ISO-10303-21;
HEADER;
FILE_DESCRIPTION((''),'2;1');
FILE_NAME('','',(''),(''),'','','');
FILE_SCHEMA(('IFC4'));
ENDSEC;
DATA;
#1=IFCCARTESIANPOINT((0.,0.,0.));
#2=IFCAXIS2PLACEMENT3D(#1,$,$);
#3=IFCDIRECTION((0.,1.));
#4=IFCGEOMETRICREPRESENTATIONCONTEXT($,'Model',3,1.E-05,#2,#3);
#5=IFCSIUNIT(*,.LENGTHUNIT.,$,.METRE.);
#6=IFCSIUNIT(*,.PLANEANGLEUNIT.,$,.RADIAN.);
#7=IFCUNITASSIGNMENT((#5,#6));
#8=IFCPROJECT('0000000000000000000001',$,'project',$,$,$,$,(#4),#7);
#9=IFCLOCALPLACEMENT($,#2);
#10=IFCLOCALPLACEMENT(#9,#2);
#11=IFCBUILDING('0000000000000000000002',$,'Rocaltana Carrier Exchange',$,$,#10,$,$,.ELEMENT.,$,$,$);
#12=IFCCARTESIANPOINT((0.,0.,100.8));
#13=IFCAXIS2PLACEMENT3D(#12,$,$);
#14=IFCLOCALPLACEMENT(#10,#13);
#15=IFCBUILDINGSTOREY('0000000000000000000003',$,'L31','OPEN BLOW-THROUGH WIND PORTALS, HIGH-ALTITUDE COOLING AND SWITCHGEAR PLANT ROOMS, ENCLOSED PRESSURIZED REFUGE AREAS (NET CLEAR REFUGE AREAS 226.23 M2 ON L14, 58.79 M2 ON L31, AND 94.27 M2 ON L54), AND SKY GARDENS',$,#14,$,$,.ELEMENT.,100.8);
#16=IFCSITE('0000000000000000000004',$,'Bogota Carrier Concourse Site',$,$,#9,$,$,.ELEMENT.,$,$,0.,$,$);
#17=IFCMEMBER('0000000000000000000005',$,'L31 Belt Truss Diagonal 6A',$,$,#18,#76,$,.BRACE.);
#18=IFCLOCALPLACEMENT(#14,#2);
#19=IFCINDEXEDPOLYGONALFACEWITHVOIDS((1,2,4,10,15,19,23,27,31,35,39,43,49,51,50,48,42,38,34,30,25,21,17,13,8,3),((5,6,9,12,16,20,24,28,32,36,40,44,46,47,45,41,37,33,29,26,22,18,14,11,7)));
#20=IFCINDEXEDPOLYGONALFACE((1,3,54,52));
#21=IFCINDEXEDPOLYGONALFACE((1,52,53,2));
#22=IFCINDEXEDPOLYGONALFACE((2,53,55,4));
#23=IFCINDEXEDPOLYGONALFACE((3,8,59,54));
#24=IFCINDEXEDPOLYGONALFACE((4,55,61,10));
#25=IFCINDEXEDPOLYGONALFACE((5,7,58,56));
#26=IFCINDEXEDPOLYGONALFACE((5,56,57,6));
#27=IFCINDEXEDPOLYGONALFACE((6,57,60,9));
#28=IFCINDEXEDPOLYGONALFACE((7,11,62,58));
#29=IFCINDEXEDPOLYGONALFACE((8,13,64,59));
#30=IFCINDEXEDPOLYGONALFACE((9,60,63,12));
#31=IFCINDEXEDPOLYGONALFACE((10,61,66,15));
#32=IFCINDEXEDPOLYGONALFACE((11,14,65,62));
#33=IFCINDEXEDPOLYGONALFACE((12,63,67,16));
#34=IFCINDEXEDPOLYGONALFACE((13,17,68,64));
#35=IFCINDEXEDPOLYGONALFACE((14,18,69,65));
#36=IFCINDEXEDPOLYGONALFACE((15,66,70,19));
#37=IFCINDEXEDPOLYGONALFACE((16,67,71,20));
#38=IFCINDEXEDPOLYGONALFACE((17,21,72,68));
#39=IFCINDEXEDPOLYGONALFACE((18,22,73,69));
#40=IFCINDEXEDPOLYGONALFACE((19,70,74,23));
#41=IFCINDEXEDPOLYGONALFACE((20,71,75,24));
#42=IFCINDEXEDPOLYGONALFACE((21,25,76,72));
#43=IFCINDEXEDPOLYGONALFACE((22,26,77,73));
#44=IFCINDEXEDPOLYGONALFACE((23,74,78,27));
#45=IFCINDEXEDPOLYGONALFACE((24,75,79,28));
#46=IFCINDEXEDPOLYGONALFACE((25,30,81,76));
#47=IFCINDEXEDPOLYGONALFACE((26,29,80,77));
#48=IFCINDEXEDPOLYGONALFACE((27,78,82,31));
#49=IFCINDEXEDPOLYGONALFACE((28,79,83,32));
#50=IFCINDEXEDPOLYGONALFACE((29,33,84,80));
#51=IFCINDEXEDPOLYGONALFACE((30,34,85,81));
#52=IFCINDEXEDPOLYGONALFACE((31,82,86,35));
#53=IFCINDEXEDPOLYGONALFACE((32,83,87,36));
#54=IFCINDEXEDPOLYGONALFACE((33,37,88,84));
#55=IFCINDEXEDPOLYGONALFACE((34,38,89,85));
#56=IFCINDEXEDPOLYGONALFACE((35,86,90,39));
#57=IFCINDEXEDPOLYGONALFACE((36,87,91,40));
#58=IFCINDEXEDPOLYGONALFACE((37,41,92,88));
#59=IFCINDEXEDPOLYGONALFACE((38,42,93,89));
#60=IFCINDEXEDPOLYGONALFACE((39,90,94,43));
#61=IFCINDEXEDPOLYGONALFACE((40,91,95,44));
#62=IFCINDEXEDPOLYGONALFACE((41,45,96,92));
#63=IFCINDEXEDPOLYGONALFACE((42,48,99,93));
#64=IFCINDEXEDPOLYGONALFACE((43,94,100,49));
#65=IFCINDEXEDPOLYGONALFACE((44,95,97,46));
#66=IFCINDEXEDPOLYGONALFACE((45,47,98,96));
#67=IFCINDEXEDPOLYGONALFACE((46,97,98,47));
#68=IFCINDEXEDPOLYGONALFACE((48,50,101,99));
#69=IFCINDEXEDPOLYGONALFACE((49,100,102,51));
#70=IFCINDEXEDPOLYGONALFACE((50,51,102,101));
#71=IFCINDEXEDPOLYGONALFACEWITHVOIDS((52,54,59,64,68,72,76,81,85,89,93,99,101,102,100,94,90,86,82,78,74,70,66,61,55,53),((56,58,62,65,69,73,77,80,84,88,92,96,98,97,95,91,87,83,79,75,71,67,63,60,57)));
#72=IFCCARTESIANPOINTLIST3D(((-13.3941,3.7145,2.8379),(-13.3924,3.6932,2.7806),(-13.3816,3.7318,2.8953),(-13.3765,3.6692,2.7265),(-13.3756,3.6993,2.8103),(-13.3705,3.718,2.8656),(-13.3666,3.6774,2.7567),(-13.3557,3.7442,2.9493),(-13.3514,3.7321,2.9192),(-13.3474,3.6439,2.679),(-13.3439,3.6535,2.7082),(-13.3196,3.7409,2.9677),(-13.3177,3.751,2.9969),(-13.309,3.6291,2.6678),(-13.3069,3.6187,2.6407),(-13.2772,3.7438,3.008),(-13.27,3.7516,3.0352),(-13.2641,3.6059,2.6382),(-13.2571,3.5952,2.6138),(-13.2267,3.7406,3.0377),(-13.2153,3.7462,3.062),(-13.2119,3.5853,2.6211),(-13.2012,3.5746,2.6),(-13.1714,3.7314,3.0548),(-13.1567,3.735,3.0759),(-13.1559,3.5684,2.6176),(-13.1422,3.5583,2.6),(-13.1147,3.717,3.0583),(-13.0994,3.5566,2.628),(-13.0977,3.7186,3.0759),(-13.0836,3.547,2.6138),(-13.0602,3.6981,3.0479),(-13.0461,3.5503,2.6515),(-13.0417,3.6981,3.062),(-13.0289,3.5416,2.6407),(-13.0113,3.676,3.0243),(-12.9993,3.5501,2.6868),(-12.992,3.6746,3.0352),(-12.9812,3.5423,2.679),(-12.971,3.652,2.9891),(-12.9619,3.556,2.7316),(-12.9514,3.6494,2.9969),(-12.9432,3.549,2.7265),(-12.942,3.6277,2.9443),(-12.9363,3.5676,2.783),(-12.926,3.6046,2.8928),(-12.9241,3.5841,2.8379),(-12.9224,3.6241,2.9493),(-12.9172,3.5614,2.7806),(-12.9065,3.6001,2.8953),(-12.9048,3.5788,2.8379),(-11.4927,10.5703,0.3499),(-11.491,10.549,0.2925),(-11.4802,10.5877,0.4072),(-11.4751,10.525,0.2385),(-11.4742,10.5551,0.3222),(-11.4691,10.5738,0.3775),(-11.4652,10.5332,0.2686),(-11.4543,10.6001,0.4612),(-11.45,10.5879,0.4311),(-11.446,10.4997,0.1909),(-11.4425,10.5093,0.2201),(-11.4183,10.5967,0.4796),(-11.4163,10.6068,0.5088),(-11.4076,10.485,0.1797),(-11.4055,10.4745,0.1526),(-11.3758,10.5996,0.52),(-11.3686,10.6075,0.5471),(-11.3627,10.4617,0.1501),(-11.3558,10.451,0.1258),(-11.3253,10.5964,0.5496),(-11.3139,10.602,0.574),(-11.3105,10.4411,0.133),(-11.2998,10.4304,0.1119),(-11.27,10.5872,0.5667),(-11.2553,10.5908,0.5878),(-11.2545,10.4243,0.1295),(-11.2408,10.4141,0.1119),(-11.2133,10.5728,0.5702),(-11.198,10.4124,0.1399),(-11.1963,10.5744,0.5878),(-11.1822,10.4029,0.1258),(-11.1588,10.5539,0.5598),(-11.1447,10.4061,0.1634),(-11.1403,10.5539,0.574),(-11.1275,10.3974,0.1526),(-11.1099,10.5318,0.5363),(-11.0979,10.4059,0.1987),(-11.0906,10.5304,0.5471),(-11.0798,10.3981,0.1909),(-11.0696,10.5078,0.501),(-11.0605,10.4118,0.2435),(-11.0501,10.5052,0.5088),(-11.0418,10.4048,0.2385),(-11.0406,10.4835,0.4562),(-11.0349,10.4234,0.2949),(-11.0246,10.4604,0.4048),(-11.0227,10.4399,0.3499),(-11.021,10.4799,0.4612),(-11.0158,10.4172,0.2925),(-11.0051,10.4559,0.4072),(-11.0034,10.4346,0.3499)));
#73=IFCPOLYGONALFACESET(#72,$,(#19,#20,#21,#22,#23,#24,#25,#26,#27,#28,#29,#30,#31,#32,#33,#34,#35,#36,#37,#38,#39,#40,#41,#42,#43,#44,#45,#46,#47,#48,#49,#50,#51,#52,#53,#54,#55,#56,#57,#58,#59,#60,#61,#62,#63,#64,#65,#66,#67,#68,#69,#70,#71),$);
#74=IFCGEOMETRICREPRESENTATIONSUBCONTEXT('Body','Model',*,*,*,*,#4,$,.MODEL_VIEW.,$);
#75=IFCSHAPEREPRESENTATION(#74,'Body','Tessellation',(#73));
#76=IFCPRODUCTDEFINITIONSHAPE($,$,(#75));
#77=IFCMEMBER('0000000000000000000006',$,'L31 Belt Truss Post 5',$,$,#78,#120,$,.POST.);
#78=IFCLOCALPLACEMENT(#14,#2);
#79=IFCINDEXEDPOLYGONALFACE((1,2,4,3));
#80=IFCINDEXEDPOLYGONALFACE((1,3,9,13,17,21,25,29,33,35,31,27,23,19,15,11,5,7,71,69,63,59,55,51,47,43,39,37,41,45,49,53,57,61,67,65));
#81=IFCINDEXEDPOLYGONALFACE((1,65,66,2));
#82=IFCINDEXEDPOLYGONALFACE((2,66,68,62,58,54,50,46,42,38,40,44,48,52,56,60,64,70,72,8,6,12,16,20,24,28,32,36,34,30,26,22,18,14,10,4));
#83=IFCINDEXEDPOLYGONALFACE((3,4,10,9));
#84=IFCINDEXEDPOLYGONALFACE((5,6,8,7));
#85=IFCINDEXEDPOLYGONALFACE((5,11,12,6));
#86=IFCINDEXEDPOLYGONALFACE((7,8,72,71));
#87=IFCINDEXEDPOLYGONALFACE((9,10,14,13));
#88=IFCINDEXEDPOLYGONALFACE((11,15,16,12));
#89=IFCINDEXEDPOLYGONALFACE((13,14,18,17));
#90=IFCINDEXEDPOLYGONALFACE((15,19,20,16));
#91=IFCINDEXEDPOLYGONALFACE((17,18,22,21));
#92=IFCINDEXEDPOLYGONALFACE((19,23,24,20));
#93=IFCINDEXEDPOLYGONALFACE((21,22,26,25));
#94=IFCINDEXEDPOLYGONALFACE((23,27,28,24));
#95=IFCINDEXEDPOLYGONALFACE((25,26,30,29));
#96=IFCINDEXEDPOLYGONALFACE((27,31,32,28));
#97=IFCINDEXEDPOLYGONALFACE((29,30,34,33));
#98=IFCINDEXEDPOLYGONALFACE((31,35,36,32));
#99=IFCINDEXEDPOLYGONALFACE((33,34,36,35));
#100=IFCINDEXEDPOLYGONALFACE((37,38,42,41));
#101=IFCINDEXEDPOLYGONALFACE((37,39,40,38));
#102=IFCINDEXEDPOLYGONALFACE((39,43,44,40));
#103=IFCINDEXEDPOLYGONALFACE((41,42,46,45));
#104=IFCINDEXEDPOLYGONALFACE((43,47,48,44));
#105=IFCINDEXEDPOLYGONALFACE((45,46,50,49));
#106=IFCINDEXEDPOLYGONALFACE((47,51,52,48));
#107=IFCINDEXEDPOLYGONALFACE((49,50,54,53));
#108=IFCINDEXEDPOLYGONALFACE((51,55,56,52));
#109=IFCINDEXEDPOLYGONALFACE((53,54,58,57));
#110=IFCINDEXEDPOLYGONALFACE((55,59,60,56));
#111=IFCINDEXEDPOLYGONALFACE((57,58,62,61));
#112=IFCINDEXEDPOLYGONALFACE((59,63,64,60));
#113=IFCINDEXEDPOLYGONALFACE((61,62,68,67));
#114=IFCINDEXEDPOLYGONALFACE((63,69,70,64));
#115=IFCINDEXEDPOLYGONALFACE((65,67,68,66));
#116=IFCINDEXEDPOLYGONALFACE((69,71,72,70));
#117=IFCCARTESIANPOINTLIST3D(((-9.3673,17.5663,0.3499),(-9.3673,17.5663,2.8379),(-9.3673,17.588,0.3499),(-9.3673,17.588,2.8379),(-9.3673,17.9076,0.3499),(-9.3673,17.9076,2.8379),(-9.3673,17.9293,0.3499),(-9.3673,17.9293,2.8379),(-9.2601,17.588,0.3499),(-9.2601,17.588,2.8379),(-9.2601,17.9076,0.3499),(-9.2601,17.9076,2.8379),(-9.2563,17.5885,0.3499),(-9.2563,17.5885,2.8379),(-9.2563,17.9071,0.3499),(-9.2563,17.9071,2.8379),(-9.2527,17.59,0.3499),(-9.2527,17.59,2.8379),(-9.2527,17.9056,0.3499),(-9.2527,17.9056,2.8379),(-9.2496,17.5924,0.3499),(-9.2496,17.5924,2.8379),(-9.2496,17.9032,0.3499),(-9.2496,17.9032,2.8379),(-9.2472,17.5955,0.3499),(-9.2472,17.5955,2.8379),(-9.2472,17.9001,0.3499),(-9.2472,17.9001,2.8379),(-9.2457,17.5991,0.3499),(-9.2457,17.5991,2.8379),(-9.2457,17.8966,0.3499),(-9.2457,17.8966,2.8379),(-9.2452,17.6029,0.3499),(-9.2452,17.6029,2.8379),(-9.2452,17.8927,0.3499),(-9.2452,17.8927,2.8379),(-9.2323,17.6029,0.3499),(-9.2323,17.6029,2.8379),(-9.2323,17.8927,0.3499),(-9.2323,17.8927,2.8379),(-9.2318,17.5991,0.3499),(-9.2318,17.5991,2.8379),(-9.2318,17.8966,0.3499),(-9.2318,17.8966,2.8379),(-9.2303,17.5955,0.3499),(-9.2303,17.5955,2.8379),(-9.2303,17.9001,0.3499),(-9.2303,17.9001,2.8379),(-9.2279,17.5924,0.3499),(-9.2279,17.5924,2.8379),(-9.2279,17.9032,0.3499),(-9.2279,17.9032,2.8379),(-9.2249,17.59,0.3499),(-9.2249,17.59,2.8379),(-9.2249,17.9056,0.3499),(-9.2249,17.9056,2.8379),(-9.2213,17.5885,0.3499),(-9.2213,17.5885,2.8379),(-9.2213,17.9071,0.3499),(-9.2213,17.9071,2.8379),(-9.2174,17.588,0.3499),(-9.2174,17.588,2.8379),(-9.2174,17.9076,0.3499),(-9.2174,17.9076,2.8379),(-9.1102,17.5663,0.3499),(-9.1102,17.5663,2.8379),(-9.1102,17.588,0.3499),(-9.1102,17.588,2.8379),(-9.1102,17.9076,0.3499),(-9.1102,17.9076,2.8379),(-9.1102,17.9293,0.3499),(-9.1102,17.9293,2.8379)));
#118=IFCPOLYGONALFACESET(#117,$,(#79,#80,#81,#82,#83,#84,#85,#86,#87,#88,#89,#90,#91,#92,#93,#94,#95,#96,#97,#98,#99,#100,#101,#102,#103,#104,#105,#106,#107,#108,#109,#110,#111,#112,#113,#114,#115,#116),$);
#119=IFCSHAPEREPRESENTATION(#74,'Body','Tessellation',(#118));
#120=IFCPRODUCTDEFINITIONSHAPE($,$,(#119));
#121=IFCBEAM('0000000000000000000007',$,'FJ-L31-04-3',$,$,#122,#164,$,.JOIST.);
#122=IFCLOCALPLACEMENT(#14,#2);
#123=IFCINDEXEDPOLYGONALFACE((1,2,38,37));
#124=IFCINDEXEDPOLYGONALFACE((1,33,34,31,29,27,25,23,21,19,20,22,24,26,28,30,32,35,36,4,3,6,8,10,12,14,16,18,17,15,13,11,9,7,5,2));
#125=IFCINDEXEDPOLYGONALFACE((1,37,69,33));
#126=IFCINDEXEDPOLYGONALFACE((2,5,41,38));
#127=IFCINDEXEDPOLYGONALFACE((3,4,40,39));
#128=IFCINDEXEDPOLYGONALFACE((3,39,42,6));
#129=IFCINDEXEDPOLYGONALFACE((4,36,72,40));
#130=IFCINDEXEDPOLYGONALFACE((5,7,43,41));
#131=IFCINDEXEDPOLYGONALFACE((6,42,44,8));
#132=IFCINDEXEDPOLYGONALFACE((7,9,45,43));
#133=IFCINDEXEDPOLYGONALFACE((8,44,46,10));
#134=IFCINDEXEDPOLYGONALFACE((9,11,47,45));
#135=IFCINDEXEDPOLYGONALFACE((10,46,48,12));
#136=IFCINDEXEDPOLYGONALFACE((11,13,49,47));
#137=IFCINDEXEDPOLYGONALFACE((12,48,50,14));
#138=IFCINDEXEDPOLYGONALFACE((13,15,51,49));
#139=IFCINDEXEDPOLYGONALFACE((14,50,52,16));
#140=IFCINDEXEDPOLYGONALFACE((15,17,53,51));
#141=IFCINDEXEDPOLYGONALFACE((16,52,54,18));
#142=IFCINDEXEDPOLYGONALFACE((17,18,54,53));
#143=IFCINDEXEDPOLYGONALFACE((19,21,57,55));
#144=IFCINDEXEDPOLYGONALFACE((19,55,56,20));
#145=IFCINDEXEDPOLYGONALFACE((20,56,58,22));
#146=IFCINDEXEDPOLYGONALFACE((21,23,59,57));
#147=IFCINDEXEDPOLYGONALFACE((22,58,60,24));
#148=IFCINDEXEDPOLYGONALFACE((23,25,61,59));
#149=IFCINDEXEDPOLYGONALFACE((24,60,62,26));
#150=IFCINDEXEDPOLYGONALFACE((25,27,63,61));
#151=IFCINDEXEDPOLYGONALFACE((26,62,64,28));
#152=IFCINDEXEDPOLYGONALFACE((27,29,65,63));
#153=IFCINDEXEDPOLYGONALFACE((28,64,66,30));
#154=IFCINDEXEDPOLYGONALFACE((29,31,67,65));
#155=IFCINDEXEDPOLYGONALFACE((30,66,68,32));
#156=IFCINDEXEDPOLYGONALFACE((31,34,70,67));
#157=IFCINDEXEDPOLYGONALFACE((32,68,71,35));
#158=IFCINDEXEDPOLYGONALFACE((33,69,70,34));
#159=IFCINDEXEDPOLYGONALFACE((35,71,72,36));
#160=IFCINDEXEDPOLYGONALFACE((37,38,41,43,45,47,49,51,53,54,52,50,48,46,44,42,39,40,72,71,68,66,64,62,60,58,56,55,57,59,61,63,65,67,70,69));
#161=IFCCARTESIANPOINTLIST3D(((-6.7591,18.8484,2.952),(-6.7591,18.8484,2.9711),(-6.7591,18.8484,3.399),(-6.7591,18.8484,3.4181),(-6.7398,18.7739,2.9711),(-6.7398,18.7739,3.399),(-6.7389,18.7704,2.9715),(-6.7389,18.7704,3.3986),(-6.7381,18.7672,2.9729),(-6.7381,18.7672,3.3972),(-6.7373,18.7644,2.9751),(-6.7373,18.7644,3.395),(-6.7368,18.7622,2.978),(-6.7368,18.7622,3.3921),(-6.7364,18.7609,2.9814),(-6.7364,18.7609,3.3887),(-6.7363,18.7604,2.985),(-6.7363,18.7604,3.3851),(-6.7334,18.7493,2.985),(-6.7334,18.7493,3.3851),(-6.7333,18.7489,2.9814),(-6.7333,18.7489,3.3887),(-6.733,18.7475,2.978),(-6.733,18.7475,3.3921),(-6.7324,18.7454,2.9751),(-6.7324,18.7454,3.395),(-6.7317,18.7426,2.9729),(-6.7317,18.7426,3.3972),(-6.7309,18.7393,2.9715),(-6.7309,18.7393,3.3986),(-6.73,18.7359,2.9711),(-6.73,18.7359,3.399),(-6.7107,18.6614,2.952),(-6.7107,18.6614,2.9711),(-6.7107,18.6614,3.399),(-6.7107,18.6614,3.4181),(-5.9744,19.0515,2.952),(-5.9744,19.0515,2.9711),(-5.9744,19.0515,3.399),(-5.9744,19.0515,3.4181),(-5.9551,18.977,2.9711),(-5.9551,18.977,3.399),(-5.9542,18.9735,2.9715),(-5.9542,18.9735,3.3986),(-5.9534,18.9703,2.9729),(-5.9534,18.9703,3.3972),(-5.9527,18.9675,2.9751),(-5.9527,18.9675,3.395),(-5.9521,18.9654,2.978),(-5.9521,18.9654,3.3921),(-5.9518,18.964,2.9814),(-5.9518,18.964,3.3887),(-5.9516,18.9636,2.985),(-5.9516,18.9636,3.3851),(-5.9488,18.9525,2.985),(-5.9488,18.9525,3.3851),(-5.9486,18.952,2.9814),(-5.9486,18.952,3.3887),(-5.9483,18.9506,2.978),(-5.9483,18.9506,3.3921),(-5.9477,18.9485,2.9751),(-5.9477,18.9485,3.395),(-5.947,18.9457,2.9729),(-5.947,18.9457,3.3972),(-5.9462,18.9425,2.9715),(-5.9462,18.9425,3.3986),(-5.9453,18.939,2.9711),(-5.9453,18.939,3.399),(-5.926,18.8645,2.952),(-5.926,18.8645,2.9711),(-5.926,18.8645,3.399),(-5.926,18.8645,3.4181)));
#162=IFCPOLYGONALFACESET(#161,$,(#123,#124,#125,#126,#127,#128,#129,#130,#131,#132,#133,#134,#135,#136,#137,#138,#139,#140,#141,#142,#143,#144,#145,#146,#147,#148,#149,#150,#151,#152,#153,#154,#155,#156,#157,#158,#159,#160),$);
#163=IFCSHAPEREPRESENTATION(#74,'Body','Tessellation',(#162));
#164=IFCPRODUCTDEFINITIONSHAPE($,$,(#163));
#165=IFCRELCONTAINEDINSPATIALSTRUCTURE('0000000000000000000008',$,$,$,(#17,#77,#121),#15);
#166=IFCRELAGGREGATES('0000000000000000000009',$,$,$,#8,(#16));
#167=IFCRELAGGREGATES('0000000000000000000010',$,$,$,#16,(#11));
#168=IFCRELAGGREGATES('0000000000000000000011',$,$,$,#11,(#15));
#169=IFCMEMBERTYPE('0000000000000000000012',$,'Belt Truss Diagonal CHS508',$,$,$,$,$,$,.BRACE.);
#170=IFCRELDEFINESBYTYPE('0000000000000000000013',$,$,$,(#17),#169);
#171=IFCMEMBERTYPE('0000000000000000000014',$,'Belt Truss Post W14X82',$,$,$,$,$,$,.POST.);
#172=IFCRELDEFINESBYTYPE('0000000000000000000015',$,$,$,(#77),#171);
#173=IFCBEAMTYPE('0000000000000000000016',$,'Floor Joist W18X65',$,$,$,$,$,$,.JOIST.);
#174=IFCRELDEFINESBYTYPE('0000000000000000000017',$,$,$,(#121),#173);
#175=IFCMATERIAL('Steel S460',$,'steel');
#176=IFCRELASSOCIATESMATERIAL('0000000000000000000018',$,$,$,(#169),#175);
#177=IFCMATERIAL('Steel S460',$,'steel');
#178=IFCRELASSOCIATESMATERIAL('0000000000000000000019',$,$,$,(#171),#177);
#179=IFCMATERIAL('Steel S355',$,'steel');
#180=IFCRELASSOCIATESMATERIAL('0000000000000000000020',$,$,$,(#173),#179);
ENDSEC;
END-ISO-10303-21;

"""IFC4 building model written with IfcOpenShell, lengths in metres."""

from ifc_helpers import new_model, si_unit, direction, frame, origin, origin_2d, place, context, subcontext, project, spatial, hollow_circle, i_section, extrude, material, material_profile, profile_set, type_object, element, save


model = new_model("IFC4")

# Units and contexts
model_context = context("Model", 3, precision=1e-05, world=origin(), true_north=direction((0.0, 1.0)))
body_context = subcontext(model_context, "Body", "Model", "MODEL_VIEW")
ifc_project = project(units=[si_unit("LENGTHUNIT", "METRE"), si_unit("PLANEANGLEUNIT", "RADIAN")], contexts=[model_context])

# Site, building, storey
site_placement = place(None, origin())
site = spatial("IfcSite", under=ifc_project, at=site_placement, Name="Bogota Carrier Concourse Site", CompositionType="ELEMENT", RefElevation=0.0)
building_placement = place(site_placement, origin())
building = spatial("IfcBuilding", under=site, at=building_placement, Name="Rocaltana Carrier Exchange", CompositionType="ELEMENT")
storey_placement = place(building_placement, frame((0.0, 0.0, 100.8)))
storey = spatial("IfcBuildingStorey", under=building, at=storey_placement, Name="L31", Description="OPEN BLOW-THROUGH WIND PORTALS, HIGH-ALTITUDE COOLING AND SWITCHGEAR PLANT ROOMS, ENCLOSED PRESSURIZED REFUGE AREAS (NET CLEAR REFUGE AREAS 226.23 M2 ON L14, 58.79 M2 ON L31, AND 94.27 M2 ON L54), AND SKY GARDENS", CompositionType="ELEMENT", Elevation=100.8)

# Members
ifc_material_1 = material(Name="Steel S460", Category="steel")
ifc_material_profile_1 = material_profile(ifc_material_1, hollow_circle(Radius=0.2539, WallThickness=0.02, at=origin_2d()), Name="CHS508X20")
ifc_profile_set_1 = profile_set([ifc_material_profile_1], Name="Steel S460")
member_type_1 = type_object("IfcMemberType", Name="Belt Truss Diagonal CHS508", PredefinedType="BRACE", material=ifc_profile_set_1)
for number, where, z_axis, x_axis, name in (
    (1, (-11.248, 10.5024, 0.3499), (-0.252271, -0.909608, 0.33011), (0.963626, -0.267253, 0.0), "L31 Belt Truss Diagonal 6A"),
):
    element("IfcMember", number, at=place(storey_placement, frame(where, z_axis=z_axis, x_axis=x_axis)), inside=storey, type_object=member_type_1, Name=name, PredefinedType="BRACE", context=body_context, shape_type="SweptSolid", body=[
        extrude(hollow_circle(Radius=0.2539, WallThickness=0.02, at=origin_2d()), origin(), (0.0, 0.0, 1.0), 7.5371),
    ])
ifc_material_2 = material(Name="Steel S460", Category="steel")
ifc_material_profile_2 = material_profile(ifc_material_2, i_section(OverallWidth=0.2571, OverallDepth=0.363, WebThickness=0.0129, FlangeThickness=0.0217, FilletRadius=0.0149, at=origin_2d()), Name="W14X82")
ifc_profile_set_2 = profile_set([ifc_material_profile_2], Name="Steel S460")
member_type_2 = type_object("IfcMemberType", Name="Belt Truss Post W14X82", PredefinedType="POST", material=ifc_profile_set_2)
member_1_placement = place(storey_placement, frame((-9.2388, 17.7478, 0.3499), z_axis=(0.0, 0.0, 1.0), x_axis=(1.0, 0.0, 0.0)))
element("IfcMember", 2, at=member_1_placement, inside=storey, type_object=member_type_2, Name="L31 Belt Truss Post 5", PredefinedType="POST", context=body_context, shape_type="SweptSolid", body=[
    extrude(i_section(OverallWidth=0.2571, OverallDepth=0.363, WebThickness=0.0129, FlangeThickness=0.0217, FilletRadius=0.0149, at=origin_2d()), origin(), (0.0, 0.0, 1.0), 2.488),
])

# Beam
ifc_material_3 = material(Name="Steel S355", Category="steel")
ifc_material_profile_3 = material_profile(ifc_material_3, i_section(OverallWidth=0.1931, OverallDepth=0.4661, WebThickness=0.0115, FlangeThickness=0.019, FilletRadius=0.0139, at=origin_2d()), Name="W18X65")
ifc_profile_set_3 = profile_set([ifc_material_profile_3], Name="Steel S355")
beam_type_1 = type_object("IfcBeamType", Name="Floor Joist W18X65", PredefinedType="JOIST", material=ifc_profile_set_3)
beam_1_placement = place(storey_placement, frame((-5.9502, 18.958, 3.1851), z_axis=(-0.968089, -0.250607, 0.0), x_axis=(0.250607, -0.968089, 0.0)))
element("IfcBeam", 3, at=beam_1_placement, inside=storey, type_object=beam_type_1, Name="FJ-L31-04-3", PredefinedType="JOIST", context=body_context, shape_type="SweptSolid", body=[
    extrude(i_section(OverallWidth=0.1931, OverallDepth=0.4661, WebThickness=0.0115, FlangeThickness=0.019, FilletRadius=0.0139, at=origin_2d()), origin(), (0.0, 0.0, 1.0), 0.8105),
])

save(model, "model.ifc")
